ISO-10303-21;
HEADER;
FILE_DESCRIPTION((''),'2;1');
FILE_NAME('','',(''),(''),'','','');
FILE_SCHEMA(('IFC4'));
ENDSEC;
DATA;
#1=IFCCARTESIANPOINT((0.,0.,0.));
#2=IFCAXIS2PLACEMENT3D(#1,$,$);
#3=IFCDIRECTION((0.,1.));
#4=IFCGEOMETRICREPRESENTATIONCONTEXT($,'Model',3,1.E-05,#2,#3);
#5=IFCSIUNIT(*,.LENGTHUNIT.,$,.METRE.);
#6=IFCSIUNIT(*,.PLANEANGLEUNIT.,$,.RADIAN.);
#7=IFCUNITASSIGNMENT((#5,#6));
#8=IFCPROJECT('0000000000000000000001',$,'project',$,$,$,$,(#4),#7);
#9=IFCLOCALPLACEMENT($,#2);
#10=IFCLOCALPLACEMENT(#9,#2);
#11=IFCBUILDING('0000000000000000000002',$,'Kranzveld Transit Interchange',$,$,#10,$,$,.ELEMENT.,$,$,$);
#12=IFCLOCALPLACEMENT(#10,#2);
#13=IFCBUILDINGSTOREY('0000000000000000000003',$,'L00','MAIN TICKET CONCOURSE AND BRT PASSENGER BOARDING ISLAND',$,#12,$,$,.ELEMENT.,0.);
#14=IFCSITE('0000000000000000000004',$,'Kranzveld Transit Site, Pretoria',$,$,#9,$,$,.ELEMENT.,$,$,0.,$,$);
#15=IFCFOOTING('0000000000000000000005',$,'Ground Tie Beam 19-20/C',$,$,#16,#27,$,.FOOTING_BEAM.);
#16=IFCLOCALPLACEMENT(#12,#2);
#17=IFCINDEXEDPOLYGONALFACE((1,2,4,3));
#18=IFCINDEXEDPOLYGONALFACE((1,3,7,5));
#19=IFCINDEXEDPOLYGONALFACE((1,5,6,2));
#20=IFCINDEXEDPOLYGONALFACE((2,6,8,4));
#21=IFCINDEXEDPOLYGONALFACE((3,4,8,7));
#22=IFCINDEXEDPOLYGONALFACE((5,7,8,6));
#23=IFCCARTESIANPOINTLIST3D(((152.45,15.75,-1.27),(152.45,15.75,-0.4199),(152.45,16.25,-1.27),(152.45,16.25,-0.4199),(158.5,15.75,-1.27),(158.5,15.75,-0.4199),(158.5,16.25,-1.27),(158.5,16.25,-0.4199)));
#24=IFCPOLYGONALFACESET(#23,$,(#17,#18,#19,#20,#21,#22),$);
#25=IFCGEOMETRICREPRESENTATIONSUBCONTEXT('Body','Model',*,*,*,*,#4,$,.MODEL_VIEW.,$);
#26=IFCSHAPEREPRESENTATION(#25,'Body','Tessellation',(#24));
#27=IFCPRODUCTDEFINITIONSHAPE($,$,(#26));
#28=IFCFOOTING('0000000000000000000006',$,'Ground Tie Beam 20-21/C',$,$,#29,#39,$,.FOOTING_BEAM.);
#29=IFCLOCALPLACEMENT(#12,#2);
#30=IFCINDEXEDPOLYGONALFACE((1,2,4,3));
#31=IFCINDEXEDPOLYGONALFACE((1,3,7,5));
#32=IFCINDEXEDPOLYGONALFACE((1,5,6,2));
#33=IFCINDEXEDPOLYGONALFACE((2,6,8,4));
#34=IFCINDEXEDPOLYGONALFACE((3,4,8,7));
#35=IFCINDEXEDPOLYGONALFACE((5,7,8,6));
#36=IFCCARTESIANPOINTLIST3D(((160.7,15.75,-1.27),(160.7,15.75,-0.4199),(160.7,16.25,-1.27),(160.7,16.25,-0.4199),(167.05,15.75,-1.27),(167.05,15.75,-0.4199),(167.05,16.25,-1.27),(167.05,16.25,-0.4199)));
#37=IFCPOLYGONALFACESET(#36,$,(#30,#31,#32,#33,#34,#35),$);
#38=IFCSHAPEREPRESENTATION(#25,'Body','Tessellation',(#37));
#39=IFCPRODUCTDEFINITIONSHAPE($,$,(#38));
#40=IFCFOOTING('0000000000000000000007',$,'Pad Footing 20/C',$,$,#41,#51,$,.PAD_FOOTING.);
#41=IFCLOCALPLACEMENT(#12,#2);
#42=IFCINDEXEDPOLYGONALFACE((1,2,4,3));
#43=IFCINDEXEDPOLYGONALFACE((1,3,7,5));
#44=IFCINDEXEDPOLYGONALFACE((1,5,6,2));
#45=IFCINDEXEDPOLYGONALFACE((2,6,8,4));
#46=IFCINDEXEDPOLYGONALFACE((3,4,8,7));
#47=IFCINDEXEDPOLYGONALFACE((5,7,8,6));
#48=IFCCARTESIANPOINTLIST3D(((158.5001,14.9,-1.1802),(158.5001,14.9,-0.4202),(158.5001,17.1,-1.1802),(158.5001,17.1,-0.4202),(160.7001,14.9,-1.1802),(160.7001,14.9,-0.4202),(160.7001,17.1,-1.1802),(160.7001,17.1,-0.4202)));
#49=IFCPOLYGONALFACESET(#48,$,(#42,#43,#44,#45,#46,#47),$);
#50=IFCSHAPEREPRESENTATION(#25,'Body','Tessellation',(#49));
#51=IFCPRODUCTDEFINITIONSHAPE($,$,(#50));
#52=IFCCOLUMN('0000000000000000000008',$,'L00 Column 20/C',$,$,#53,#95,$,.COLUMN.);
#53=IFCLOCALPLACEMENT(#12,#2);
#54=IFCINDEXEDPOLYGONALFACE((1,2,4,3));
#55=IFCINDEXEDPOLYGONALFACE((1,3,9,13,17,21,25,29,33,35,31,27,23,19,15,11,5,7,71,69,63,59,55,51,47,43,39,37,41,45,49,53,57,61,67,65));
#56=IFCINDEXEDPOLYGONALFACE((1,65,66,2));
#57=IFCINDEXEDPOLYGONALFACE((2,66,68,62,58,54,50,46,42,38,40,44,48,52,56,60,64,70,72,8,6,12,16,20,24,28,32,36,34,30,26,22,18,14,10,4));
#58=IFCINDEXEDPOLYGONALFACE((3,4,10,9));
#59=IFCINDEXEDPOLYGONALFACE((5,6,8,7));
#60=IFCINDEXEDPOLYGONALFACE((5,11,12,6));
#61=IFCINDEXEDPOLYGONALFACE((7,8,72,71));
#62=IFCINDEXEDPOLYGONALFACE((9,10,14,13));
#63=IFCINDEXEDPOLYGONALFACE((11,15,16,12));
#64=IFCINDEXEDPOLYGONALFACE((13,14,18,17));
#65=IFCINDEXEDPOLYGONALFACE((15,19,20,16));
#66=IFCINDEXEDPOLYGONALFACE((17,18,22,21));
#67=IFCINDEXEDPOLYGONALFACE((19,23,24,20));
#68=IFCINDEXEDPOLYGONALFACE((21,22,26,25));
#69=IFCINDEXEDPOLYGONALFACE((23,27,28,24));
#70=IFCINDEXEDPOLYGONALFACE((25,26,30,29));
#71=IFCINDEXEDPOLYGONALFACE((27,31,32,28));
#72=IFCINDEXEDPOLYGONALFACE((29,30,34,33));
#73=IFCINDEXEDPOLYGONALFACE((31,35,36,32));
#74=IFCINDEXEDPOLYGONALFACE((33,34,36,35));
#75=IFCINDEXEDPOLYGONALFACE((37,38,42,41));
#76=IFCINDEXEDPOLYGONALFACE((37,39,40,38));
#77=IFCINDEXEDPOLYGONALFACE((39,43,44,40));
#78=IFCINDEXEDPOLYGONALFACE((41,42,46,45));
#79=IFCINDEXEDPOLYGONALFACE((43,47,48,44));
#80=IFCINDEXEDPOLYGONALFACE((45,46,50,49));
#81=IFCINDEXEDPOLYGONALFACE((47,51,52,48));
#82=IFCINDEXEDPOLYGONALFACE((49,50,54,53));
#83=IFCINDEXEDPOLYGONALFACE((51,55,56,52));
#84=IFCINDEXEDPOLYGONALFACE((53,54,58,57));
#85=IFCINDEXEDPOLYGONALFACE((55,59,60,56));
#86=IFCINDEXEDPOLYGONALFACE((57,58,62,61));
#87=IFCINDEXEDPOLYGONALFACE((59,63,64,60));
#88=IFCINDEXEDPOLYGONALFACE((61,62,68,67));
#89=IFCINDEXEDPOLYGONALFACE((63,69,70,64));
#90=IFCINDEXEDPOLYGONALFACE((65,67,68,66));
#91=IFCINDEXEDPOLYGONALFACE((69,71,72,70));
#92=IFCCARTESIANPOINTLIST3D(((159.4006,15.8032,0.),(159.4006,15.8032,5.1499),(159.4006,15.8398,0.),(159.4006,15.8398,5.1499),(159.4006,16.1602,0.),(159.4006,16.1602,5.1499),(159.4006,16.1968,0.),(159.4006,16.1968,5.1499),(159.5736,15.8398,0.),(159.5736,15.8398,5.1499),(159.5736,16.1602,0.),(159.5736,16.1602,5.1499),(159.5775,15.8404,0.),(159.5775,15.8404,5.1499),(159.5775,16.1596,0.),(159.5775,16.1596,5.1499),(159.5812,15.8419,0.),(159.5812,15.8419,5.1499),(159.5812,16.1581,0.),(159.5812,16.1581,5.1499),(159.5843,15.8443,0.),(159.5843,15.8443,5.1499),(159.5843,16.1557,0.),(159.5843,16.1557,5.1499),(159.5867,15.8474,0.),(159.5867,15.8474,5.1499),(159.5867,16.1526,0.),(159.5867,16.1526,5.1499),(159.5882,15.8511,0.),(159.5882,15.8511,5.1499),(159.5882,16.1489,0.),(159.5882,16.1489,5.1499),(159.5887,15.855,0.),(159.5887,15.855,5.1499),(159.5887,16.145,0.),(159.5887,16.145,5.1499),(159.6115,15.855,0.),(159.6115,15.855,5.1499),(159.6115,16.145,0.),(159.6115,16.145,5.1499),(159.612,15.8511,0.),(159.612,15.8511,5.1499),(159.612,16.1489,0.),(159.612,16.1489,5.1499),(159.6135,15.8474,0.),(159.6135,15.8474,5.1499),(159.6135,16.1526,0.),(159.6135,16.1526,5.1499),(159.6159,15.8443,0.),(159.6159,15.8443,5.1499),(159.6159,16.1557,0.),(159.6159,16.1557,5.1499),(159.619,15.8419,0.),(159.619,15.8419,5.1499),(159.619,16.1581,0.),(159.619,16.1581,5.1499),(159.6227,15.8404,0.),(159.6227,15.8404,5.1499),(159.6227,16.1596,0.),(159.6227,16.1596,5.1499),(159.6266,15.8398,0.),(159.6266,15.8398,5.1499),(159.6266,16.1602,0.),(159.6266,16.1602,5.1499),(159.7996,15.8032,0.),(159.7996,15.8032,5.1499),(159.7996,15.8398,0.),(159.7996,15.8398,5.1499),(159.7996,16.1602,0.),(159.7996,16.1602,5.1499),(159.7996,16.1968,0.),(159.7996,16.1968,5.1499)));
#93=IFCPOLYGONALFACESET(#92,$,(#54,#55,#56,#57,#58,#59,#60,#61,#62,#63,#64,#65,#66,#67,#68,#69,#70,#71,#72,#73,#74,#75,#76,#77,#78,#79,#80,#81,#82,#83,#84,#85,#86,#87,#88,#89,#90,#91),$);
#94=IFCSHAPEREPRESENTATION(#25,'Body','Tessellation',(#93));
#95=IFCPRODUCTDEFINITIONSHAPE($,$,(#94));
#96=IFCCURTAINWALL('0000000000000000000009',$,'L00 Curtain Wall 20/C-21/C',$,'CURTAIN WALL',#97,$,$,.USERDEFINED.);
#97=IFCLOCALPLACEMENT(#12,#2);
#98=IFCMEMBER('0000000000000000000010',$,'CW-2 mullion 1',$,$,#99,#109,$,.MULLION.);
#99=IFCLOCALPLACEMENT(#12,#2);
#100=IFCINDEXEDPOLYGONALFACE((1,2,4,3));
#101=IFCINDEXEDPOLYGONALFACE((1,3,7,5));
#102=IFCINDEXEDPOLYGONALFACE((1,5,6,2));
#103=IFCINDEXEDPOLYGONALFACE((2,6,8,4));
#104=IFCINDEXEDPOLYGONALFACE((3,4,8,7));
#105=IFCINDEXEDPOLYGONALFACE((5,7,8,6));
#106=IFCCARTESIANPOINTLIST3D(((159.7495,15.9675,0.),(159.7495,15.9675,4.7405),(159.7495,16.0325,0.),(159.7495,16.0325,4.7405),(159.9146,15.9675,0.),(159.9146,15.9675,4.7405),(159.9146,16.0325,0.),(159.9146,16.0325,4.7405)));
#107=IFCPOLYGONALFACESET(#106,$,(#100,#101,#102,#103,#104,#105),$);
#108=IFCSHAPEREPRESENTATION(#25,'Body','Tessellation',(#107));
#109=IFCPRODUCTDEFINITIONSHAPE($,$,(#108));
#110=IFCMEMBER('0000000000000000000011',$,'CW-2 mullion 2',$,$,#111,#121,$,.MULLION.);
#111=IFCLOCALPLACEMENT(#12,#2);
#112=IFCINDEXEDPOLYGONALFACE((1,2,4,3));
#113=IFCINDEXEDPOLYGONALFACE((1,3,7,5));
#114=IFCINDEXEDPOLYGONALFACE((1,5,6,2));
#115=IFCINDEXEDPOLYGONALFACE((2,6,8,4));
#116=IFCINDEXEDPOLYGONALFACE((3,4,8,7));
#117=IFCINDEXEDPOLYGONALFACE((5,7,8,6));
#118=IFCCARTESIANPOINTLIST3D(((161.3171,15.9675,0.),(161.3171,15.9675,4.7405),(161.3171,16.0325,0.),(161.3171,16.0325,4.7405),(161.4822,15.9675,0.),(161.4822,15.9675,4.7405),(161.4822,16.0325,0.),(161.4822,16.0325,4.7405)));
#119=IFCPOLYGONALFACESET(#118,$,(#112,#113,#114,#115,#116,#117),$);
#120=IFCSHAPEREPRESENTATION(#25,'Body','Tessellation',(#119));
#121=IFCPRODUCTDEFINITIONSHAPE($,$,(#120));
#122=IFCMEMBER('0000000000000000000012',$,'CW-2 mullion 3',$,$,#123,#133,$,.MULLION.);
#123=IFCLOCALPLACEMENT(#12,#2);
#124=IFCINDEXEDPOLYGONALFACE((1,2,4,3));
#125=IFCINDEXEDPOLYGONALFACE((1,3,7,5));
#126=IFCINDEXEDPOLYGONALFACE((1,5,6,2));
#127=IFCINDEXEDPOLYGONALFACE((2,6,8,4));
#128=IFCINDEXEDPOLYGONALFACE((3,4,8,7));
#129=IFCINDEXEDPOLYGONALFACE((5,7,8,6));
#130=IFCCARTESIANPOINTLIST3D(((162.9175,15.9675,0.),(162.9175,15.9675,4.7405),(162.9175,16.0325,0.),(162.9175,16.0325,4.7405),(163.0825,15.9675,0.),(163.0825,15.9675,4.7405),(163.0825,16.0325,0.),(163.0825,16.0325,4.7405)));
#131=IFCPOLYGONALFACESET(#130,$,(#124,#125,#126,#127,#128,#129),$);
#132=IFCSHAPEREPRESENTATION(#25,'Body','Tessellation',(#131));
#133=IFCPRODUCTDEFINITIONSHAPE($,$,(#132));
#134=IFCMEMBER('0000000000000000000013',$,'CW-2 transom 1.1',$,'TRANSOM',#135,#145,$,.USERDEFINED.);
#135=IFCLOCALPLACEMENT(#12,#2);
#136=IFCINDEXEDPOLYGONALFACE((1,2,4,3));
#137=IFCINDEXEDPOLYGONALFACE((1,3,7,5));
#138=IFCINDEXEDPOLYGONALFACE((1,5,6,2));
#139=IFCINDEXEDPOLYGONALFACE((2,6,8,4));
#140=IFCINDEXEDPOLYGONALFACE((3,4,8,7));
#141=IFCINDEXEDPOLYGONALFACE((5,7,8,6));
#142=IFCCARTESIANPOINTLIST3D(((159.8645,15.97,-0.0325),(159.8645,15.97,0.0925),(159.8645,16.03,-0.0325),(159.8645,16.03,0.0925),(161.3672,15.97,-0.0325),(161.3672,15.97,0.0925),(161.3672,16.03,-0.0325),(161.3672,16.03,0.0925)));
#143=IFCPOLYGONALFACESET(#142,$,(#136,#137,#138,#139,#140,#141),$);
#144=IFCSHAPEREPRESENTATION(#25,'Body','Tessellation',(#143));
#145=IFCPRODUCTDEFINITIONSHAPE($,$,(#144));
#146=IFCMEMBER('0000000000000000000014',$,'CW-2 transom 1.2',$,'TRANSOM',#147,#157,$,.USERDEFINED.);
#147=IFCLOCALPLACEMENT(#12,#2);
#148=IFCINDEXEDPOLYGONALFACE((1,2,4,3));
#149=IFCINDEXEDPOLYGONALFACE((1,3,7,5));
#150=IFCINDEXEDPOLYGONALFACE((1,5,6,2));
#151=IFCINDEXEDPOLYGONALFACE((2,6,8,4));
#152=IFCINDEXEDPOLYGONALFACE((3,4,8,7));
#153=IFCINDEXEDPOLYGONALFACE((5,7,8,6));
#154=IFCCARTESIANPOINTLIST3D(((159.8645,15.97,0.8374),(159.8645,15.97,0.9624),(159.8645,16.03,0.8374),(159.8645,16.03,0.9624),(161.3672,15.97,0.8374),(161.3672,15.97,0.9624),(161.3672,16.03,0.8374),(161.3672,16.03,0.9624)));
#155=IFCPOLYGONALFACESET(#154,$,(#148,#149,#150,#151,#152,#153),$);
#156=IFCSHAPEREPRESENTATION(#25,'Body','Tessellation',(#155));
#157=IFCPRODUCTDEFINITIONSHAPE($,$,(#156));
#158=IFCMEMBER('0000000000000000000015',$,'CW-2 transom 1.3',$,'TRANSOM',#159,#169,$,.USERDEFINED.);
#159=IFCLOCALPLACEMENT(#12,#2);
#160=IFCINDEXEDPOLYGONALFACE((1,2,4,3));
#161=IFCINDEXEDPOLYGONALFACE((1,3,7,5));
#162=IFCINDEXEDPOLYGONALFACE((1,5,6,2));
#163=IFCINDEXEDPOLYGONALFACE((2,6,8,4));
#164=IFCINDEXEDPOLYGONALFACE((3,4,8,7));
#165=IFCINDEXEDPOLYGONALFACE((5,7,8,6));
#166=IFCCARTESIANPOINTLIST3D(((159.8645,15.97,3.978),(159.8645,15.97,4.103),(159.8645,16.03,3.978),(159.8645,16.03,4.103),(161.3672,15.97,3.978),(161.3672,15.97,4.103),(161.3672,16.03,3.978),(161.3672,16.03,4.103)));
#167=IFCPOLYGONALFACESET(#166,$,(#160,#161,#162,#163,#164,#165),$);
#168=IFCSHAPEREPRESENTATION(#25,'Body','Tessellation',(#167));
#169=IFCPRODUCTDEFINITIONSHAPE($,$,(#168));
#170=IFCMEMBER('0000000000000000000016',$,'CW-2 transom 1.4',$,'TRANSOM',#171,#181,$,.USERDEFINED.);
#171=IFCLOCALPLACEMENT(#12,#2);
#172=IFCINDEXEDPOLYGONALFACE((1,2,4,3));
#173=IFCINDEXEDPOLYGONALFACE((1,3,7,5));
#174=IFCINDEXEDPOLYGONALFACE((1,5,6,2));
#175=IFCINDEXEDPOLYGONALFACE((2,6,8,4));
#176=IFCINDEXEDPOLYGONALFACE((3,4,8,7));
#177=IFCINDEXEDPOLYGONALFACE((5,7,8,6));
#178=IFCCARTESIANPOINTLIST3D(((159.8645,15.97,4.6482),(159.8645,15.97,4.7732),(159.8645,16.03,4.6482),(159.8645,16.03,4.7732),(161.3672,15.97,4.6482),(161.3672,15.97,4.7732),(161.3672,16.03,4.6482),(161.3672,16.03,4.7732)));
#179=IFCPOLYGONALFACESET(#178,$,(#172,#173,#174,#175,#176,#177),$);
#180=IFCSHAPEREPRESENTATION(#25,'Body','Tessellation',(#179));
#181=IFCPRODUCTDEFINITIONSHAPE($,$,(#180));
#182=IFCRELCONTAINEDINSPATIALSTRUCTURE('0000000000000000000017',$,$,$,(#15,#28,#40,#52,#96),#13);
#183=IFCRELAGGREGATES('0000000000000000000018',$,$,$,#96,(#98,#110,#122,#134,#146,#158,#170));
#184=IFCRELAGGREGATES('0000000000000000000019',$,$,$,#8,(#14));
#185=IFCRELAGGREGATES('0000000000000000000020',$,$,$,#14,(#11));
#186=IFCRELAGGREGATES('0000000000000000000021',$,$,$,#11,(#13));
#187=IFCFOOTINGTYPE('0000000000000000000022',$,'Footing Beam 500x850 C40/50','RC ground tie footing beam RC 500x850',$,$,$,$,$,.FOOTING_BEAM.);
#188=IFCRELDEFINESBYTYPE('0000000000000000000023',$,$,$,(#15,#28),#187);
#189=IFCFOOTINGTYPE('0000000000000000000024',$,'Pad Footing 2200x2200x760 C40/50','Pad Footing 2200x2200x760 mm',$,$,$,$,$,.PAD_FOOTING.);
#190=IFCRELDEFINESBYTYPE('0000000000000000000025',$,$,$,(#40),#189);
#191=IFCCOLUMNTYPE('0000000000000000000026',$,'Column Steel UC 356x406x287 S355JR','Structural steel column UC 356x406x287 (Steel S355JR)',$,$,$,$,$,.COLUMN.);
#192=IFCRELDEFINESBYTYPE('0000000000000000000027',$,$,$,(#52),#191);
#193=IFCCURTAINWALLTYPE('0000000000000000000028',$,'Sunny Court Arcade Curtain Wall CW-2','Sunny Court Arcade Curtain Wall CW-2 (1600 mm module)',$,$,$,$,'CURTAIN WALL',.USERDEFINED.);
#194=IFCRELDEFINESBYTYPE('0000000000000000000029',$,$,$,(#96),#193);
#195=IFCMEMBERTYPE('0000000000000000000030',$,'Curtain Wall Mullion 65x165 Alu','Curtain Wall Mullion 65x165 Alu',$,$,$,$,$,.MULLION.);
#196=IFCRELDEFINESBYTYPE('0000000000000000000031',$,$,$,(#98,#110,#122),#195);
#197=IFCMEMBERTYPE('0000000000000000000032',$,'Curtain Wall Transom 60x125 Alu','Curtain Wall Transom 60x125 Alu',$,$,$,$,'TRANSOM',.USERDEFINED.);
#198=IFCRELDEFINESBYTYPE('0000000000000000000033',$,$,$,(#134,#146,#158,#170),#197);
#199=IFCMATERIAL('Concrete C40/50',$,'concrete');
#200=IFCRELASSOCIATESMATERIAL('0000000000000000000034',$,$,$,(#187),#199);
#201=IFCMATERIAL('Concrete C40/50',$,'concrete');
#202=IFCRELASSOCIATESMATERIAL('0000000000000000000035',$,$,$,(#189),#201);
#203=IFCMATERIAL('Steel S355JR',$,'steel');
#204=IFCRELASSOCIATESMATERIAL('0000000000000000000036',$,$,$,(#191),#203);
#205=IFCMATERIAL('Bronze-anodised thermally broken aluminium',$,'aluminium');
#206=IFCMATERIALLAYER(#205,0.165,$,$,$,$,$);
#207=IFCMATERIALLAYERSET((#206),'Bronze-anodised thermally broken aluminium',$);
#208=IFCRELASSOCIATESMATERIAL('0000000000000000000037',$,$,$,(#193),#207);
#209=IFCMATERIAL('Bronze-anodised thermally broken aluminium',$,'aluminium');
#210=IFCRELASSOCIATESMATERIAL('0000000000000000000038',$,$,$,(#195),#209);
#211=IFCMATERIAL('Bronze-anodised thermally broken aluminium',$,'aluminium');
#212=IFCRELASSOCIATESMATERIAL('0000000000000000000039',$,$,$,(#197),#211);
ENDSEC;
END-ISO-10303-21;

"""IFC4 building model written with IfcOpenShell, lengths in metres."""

from ifc_helpers import new_model, si_unit, direction, frame, origin, origin_2d, place, context, subcontext, project, spatial, rectangle, i_section, extrude, material, layer, layer_set, material_profile, profile_set, type_object, element, aggregate, save


model = new_model("IFC4")

# Units and contexts
model_context = context("Model", 3, precision=1e-05, world=origin(), true_north=direction((0.0, 1.0)))
body_context = subcontext(model_context, "Body", "Model", "MODEL_VIEW")
ifc_project = project(units=[si_unit("LENGTHUNIT", "METRE"), si_unit("PLANEANGLEUNIT", "RADIAN")], contexts=[model_context])

# Site, building, storey
site_placement = place(None, origin())
site = spatial("IfcSite", under=ifc_project, at=site_placement, Name="Kranzveld Transit Site, Pretoria", CompositionType="ELEMENT", RefElevation=0.0)
building_placement = place(site_placement, origin())
building = spatial("IfcBuilding", under=site, at=building_placement, Name="Kranzveld Transit Interchange", CompositionType="ELEMENT")
storey_placement = place(building_placement, origin())
storey = spatial("IfcBuildingStorey", under=building, at=storey_placement, Name="L00", Description="MAIN TICKET CONCOURSE AND BRT PASSENGER BOARDING ISLAND", CompositionType="ELEMENT", Elevation=0.0)

# Footings
ifc_material_1 = material(Name="Concrete C40/50", Category="concrete")
ifc_material_profile_1 = material_profile(ifc_material_1, rectangle(XDim=0.5, YDim=0.8501, at=origin_2d()), Name="RC 500x850")
ifc_profile_set_1 = profile_set([ifc_material_profile_1], Name="Concrete C40/50")
footing_type_1 = type_object("IfcFootingType", Name="Footing Beam 500x850 C40/50", Description="RC ground tie footing beam RC 500x850", PredefinedType="FOOTING_BEAM", material=ifc_profile_set_1)
footing_1_placement = place(storey_placement, frame((152.45, 16.0, -0.845), z_axis=(1.0, 0.0, 0.0), x_axis=(0.0, 1.0, 0.0)))
element("IfcFooting", 1, at=footing_1_placement, inside=storey, type_object=footing_type_1, Name="Ground Tie Beam 19-20/C", PredefinedType="FOOTING_BEAM", context=body_context, shape_type="SweptSolid", body=[
    extrude(rectangle(XDim=0.5, YDim=0.8501, at=origin_2d()), origin(), (0.0, 0.0, 1.0), 6.05),
])
footing_2_placement = place(storey_placement, frame((160.7, 16.0, -0.845), z_axis=(1.0, 0.0, 0.0), x_axis=(0.0, 1.0, 0.0)))
element("IfcFooting", 2, at=footing_2_placement, inside=storey, type_object=footing_type_1, Name="Ground Tie Beam 20-21/C", PredefinedType="FOOTING_BEAM", context=body_context, shape_type="SweptSolid", body=[
    extrude(rectangle(XDim=0.5, YDim=0.8501, at=origin_2d()), origin(), (0.0, 0.0, 1.0), 6.3501),
])
ifc_material_2 = material(Name="Concrete C40/50", Category="concrete")
footing_type_2 = type_object("IfcFootingType", Name="Pad Footing 2200x2200x760 C40/50", Description="Pad Footing 2200x2200x760 mm", PredefinedType="PAD_FOOTING", material=ifc_material_2)
footing_3_placement = place(storey_placement, frame((159.6001, 16.0, -1.1802), z_axis=(0.0, 0.0, 1.0), x_axis=(1.0, 0.0, 0.0)))
element("IfcFooting", 3, at=footing_3_placement, inside=storey, type_object=footing_type_2, Name="Pad Footing 20/C", PredefinedType="PAD_FOOTING", context=body_context, shape_type="SweptSolid", body=[
    extrude(rectangle(XDim=2.2, YDim=2.2, at=origin_2d()), origin(), (0.0, 0.0, 1.0), 0.76),
])

# Column
ifc_material_3 = material(Name="Steel S355JR", Category="steel")
ifc_material_profile_2 = material_profile(ifc_material_3, i_section(OverallWidth=0.3989, OverallDepth=0.3936, WebThickness=0.0227, FlangeThickness=0.0366, FilletRadius=0.0151, at=origin_2d()), Name="UC 356x406x287")
ifc_profile_set_2 = profile_set([ifc_material_profile_2], Name="Steel S355JR")
column_type = type_object("IfcColumnType", Name="Column Steel UC 356x406x287 S355JR", Description="Structural steel column UC 356x406x287 (Steel S355JR)", PredefinedType="COLUMN", material=ifc_profile_set_2)
column_placement = place(storey_placement, frame((159.6001, 16.0, 0.0), z_axis=(0.0, 0.0, 1.0), x_axis=(1.0, 0.0, 0.0)))
element("IfcColumn", 4, at=column_placement, inside=storey, type_object=column_type, Name="L00 Column 20/C", PredefinedType="COLUMN", context=body_context, shape_type="SweptSolid", body=[
    extrude(i_section(OverallWidth=0.3989, OverallDepth=0.3936, WebThickness=0.0227, FlangeThickness=0.0366, FilletRadius=0.0151, at=origin_2d()), origin(), (0.0, 0.0, 1.0), 5.1499),
])

# Curtain wall, members
ifc_material_4 = material(Name="Bronze-anodised thermally broken aluminium", Category="aluminium")
ifc_layer_1 = layer(ifc_material_4, 0.165)
ifc_layer_set_1 = layer_set([ifc_layer_1], Name="Bronze-anodised thermally broken aluminium")
curtain_wall_type = type_object("IfcCurtainWallType", Name="Sunny Court Arcade Curtain Wall CW-2", Description="Sunny Court Arcade Curtain Wall CW-2 (1600 mm module)", ElementType="CURTAIN WALL", PredefinedType="USERDEFINED", material=ifc_layer_set_1)
curtain_wall_placement = place(storey_placement, origin())
curtain_wall = element("IfcCurtainWall", 5, at=curtain_wall_placement, inside=storey, type_object=curtain_wall_type, Name="L00 Curtain Wall 20/C-21/C", ObjectType="CURTAIN WALL", PredefinedType="USERDEFINED")
ifc_material_5 = material(Name="Bronze-anodised thermally broken aluminium", Category="aluminium")
ifc_material_profile_3 = material_profile(ifc_material_5, rectangle(XDim=0.0649, YDim=0.165, at=origin_2d()), Name="ALU MULLION 65x165")
ifc_profile_set_3 = profile_set([ifc_material_profile_3], Name="Bronze-anodised thermally broken aluminium")
member_type_1 = type_object("IfcMemberType", Name="Curtain Wall Mullion 65x165 Alu", Description="Curtain Wall Mullion 65x165 Alu", PredefinedType="MULLION", material=ifc_profile_set_3)
member_1_placement = place(storey_placement, frame((159.832, 16.0, 0.0), z_axis=(0.0, 0.0, 1.0), x_axis=(0.0, 1.0, 0.0)))
member_1 = element("IfcMember", 6, at=member_1_placement, type_object=member_type_1, Name="CW-2 mullion 1", PredefinedType="MULLION", context=body_context, shape_type="SweptSolid", body=[
    extrude(rectangle(XDim=0.0649, YDim=0.165, at=origin_2d()), origin(), (0.0, 0.0, 1.0), 4.7405),
])
member_2_placement = place(storey_placement, frame((161.3997, 16.0, 0.0), z_axis=(0.0, 0.0, 1.0), x_axis=(0.0, 1.0, 0.0)))
member_2 = element("IfcMember", 7, at=member_2_placement, type_object=member_type_1, Name="CW-2 mullion 2", PredefinedType="MULLION", context=body_context, shape_type="SweptSolid", body=[
    extrude(rectangle(XDim=0.0649, YDim=0.165, at=origin_2d()), origin(), (0.0, 0.0, 1.0), 4.7405),
])
member_3_placement = place(storey_placement, frame((163.0, 16.0, 0.0), z_axis=(0.0, 0.0, 1.0), x_axis=(0.0, 1.0, 0.0)))
member_3 = element("IfcMember", 8, at=member_3_placement, type_object=member_type_1, Name="CW-2 mullion 3", PredefinedType="MULLION", context=body_context, shape_type="SweptSolid", body=[
    extrude(rectangle(XDim=0.0649, YDim=0.165, at=origin_2d()), origin(), (0.0, 0.0, 1.0), 4.7405),
])
ifc_material_6 = material(Name="Bronze-anodised thermally broken aluminium", Category="aluminium")
ifc_material_profile_4 = material_profile(ifc_material_6, rectangle(XDim=0.0601, YDim=0.125, at=origin_2d()), Name="ALU TRANSOM 60x125")
ifc_profile_set_4 = profile_set([ifc_material_profile_4], Name="Bronze-anodised thermally broken aluminium")
member_type_2 = type_object("IfcMemberType", Name="Curtain Wall Transom 60x125 Alu", Description="Curtain Wall Transom 60x125 Alu", ElementType="TRANSOM", PredefinedType="USERDEFINED", material=ifc_profile_set_4)
member_4_placement = place(storey_placement, frame((159.8645, 16.0, 0.03), z_axis=(1.0, 0.0, 0.0), x_axis=(0.0, 1.0, 0.0)))
member_4 = element("IfcMember", 9, at=member_4_placement, type_object=member_type_2, Name="CW-2 transom 1.1", ObjectType="TRANSOM", PredefinedType="USERDEFINED", context=body_context, shape_type="SweptSolid", body=[
    extrude(rectangle(XDim=0.0601, YDim=0.125, at=origin_2d()), origin(), (0.0, 0.0, 1.0), 1.5027),
])
member_5_placement = place(storey_placement, frame((159.8645, 16.0, 0.8999), z_axis=(1.0, 0.0, 0.0), x_axis=(0.0, 1.0, 0.0)))
member_5 = element("IfcMember", 10, at=member_5_placement, type_object=member_type_2, Name="CW-2 transom 1.2", ObjectType="TRANSOM", PredefinedType="USERDEFINED", context=body_context, shape_type="SweptSolid", body=[
    extrude(rectangle(XDim=0.0601, YDim=0.125, at=origin_2d()), origin(), (0.0, 0.0, 1.0), 1.5027),
])
member_6_placement = place(storey_placement, frame((159.8645, 16.0, 4.0405), z_axis=(1.0, 0.0, 0.0), x_axis=(0.0, 1.0, 0.0)))
member_6 = element("IfcMember", 11, at=member_6_placement, type_object=member_type_2, Name="CW-2 transom 1.3", ObjectType="TRANSOM", PredefinedType="USERDEFINED", context=body_context, shape_type="SweptSolid", body=[
    extrude(rectangle(XDim=0.0601, YDim=0.125, at=origin_2d()), origin(), (0.0, 0.0, 1.0), 1.5027),
])
member_7_placement = place(storey_placement, frame((159.8645, 16.0, 4.7107), z_axis=(1.0, 0.0, 0.0), x_axis=(0.0, 1.0, 0.0)))
member_7 = element("IfcMember", 12, at=member_7_placement, type_object=member_type_2, Name="CW-2 transom 1.4", ObjectType="TRANSOM", PredefinedType="USERDEFINED", context=body_context, shape_type="SweptSolid", body=[
    extrude(rectangle(XDim=0.0601, YDim=0.125, at=origin_2d()), origin(), (0.0, 0.0, 1.0), 1.5027),
])

aggregate(curtain_wall, [member_1, member_2, member_3, member_4, member_5, member_6, member_7])

save(model, "model.ifc")
